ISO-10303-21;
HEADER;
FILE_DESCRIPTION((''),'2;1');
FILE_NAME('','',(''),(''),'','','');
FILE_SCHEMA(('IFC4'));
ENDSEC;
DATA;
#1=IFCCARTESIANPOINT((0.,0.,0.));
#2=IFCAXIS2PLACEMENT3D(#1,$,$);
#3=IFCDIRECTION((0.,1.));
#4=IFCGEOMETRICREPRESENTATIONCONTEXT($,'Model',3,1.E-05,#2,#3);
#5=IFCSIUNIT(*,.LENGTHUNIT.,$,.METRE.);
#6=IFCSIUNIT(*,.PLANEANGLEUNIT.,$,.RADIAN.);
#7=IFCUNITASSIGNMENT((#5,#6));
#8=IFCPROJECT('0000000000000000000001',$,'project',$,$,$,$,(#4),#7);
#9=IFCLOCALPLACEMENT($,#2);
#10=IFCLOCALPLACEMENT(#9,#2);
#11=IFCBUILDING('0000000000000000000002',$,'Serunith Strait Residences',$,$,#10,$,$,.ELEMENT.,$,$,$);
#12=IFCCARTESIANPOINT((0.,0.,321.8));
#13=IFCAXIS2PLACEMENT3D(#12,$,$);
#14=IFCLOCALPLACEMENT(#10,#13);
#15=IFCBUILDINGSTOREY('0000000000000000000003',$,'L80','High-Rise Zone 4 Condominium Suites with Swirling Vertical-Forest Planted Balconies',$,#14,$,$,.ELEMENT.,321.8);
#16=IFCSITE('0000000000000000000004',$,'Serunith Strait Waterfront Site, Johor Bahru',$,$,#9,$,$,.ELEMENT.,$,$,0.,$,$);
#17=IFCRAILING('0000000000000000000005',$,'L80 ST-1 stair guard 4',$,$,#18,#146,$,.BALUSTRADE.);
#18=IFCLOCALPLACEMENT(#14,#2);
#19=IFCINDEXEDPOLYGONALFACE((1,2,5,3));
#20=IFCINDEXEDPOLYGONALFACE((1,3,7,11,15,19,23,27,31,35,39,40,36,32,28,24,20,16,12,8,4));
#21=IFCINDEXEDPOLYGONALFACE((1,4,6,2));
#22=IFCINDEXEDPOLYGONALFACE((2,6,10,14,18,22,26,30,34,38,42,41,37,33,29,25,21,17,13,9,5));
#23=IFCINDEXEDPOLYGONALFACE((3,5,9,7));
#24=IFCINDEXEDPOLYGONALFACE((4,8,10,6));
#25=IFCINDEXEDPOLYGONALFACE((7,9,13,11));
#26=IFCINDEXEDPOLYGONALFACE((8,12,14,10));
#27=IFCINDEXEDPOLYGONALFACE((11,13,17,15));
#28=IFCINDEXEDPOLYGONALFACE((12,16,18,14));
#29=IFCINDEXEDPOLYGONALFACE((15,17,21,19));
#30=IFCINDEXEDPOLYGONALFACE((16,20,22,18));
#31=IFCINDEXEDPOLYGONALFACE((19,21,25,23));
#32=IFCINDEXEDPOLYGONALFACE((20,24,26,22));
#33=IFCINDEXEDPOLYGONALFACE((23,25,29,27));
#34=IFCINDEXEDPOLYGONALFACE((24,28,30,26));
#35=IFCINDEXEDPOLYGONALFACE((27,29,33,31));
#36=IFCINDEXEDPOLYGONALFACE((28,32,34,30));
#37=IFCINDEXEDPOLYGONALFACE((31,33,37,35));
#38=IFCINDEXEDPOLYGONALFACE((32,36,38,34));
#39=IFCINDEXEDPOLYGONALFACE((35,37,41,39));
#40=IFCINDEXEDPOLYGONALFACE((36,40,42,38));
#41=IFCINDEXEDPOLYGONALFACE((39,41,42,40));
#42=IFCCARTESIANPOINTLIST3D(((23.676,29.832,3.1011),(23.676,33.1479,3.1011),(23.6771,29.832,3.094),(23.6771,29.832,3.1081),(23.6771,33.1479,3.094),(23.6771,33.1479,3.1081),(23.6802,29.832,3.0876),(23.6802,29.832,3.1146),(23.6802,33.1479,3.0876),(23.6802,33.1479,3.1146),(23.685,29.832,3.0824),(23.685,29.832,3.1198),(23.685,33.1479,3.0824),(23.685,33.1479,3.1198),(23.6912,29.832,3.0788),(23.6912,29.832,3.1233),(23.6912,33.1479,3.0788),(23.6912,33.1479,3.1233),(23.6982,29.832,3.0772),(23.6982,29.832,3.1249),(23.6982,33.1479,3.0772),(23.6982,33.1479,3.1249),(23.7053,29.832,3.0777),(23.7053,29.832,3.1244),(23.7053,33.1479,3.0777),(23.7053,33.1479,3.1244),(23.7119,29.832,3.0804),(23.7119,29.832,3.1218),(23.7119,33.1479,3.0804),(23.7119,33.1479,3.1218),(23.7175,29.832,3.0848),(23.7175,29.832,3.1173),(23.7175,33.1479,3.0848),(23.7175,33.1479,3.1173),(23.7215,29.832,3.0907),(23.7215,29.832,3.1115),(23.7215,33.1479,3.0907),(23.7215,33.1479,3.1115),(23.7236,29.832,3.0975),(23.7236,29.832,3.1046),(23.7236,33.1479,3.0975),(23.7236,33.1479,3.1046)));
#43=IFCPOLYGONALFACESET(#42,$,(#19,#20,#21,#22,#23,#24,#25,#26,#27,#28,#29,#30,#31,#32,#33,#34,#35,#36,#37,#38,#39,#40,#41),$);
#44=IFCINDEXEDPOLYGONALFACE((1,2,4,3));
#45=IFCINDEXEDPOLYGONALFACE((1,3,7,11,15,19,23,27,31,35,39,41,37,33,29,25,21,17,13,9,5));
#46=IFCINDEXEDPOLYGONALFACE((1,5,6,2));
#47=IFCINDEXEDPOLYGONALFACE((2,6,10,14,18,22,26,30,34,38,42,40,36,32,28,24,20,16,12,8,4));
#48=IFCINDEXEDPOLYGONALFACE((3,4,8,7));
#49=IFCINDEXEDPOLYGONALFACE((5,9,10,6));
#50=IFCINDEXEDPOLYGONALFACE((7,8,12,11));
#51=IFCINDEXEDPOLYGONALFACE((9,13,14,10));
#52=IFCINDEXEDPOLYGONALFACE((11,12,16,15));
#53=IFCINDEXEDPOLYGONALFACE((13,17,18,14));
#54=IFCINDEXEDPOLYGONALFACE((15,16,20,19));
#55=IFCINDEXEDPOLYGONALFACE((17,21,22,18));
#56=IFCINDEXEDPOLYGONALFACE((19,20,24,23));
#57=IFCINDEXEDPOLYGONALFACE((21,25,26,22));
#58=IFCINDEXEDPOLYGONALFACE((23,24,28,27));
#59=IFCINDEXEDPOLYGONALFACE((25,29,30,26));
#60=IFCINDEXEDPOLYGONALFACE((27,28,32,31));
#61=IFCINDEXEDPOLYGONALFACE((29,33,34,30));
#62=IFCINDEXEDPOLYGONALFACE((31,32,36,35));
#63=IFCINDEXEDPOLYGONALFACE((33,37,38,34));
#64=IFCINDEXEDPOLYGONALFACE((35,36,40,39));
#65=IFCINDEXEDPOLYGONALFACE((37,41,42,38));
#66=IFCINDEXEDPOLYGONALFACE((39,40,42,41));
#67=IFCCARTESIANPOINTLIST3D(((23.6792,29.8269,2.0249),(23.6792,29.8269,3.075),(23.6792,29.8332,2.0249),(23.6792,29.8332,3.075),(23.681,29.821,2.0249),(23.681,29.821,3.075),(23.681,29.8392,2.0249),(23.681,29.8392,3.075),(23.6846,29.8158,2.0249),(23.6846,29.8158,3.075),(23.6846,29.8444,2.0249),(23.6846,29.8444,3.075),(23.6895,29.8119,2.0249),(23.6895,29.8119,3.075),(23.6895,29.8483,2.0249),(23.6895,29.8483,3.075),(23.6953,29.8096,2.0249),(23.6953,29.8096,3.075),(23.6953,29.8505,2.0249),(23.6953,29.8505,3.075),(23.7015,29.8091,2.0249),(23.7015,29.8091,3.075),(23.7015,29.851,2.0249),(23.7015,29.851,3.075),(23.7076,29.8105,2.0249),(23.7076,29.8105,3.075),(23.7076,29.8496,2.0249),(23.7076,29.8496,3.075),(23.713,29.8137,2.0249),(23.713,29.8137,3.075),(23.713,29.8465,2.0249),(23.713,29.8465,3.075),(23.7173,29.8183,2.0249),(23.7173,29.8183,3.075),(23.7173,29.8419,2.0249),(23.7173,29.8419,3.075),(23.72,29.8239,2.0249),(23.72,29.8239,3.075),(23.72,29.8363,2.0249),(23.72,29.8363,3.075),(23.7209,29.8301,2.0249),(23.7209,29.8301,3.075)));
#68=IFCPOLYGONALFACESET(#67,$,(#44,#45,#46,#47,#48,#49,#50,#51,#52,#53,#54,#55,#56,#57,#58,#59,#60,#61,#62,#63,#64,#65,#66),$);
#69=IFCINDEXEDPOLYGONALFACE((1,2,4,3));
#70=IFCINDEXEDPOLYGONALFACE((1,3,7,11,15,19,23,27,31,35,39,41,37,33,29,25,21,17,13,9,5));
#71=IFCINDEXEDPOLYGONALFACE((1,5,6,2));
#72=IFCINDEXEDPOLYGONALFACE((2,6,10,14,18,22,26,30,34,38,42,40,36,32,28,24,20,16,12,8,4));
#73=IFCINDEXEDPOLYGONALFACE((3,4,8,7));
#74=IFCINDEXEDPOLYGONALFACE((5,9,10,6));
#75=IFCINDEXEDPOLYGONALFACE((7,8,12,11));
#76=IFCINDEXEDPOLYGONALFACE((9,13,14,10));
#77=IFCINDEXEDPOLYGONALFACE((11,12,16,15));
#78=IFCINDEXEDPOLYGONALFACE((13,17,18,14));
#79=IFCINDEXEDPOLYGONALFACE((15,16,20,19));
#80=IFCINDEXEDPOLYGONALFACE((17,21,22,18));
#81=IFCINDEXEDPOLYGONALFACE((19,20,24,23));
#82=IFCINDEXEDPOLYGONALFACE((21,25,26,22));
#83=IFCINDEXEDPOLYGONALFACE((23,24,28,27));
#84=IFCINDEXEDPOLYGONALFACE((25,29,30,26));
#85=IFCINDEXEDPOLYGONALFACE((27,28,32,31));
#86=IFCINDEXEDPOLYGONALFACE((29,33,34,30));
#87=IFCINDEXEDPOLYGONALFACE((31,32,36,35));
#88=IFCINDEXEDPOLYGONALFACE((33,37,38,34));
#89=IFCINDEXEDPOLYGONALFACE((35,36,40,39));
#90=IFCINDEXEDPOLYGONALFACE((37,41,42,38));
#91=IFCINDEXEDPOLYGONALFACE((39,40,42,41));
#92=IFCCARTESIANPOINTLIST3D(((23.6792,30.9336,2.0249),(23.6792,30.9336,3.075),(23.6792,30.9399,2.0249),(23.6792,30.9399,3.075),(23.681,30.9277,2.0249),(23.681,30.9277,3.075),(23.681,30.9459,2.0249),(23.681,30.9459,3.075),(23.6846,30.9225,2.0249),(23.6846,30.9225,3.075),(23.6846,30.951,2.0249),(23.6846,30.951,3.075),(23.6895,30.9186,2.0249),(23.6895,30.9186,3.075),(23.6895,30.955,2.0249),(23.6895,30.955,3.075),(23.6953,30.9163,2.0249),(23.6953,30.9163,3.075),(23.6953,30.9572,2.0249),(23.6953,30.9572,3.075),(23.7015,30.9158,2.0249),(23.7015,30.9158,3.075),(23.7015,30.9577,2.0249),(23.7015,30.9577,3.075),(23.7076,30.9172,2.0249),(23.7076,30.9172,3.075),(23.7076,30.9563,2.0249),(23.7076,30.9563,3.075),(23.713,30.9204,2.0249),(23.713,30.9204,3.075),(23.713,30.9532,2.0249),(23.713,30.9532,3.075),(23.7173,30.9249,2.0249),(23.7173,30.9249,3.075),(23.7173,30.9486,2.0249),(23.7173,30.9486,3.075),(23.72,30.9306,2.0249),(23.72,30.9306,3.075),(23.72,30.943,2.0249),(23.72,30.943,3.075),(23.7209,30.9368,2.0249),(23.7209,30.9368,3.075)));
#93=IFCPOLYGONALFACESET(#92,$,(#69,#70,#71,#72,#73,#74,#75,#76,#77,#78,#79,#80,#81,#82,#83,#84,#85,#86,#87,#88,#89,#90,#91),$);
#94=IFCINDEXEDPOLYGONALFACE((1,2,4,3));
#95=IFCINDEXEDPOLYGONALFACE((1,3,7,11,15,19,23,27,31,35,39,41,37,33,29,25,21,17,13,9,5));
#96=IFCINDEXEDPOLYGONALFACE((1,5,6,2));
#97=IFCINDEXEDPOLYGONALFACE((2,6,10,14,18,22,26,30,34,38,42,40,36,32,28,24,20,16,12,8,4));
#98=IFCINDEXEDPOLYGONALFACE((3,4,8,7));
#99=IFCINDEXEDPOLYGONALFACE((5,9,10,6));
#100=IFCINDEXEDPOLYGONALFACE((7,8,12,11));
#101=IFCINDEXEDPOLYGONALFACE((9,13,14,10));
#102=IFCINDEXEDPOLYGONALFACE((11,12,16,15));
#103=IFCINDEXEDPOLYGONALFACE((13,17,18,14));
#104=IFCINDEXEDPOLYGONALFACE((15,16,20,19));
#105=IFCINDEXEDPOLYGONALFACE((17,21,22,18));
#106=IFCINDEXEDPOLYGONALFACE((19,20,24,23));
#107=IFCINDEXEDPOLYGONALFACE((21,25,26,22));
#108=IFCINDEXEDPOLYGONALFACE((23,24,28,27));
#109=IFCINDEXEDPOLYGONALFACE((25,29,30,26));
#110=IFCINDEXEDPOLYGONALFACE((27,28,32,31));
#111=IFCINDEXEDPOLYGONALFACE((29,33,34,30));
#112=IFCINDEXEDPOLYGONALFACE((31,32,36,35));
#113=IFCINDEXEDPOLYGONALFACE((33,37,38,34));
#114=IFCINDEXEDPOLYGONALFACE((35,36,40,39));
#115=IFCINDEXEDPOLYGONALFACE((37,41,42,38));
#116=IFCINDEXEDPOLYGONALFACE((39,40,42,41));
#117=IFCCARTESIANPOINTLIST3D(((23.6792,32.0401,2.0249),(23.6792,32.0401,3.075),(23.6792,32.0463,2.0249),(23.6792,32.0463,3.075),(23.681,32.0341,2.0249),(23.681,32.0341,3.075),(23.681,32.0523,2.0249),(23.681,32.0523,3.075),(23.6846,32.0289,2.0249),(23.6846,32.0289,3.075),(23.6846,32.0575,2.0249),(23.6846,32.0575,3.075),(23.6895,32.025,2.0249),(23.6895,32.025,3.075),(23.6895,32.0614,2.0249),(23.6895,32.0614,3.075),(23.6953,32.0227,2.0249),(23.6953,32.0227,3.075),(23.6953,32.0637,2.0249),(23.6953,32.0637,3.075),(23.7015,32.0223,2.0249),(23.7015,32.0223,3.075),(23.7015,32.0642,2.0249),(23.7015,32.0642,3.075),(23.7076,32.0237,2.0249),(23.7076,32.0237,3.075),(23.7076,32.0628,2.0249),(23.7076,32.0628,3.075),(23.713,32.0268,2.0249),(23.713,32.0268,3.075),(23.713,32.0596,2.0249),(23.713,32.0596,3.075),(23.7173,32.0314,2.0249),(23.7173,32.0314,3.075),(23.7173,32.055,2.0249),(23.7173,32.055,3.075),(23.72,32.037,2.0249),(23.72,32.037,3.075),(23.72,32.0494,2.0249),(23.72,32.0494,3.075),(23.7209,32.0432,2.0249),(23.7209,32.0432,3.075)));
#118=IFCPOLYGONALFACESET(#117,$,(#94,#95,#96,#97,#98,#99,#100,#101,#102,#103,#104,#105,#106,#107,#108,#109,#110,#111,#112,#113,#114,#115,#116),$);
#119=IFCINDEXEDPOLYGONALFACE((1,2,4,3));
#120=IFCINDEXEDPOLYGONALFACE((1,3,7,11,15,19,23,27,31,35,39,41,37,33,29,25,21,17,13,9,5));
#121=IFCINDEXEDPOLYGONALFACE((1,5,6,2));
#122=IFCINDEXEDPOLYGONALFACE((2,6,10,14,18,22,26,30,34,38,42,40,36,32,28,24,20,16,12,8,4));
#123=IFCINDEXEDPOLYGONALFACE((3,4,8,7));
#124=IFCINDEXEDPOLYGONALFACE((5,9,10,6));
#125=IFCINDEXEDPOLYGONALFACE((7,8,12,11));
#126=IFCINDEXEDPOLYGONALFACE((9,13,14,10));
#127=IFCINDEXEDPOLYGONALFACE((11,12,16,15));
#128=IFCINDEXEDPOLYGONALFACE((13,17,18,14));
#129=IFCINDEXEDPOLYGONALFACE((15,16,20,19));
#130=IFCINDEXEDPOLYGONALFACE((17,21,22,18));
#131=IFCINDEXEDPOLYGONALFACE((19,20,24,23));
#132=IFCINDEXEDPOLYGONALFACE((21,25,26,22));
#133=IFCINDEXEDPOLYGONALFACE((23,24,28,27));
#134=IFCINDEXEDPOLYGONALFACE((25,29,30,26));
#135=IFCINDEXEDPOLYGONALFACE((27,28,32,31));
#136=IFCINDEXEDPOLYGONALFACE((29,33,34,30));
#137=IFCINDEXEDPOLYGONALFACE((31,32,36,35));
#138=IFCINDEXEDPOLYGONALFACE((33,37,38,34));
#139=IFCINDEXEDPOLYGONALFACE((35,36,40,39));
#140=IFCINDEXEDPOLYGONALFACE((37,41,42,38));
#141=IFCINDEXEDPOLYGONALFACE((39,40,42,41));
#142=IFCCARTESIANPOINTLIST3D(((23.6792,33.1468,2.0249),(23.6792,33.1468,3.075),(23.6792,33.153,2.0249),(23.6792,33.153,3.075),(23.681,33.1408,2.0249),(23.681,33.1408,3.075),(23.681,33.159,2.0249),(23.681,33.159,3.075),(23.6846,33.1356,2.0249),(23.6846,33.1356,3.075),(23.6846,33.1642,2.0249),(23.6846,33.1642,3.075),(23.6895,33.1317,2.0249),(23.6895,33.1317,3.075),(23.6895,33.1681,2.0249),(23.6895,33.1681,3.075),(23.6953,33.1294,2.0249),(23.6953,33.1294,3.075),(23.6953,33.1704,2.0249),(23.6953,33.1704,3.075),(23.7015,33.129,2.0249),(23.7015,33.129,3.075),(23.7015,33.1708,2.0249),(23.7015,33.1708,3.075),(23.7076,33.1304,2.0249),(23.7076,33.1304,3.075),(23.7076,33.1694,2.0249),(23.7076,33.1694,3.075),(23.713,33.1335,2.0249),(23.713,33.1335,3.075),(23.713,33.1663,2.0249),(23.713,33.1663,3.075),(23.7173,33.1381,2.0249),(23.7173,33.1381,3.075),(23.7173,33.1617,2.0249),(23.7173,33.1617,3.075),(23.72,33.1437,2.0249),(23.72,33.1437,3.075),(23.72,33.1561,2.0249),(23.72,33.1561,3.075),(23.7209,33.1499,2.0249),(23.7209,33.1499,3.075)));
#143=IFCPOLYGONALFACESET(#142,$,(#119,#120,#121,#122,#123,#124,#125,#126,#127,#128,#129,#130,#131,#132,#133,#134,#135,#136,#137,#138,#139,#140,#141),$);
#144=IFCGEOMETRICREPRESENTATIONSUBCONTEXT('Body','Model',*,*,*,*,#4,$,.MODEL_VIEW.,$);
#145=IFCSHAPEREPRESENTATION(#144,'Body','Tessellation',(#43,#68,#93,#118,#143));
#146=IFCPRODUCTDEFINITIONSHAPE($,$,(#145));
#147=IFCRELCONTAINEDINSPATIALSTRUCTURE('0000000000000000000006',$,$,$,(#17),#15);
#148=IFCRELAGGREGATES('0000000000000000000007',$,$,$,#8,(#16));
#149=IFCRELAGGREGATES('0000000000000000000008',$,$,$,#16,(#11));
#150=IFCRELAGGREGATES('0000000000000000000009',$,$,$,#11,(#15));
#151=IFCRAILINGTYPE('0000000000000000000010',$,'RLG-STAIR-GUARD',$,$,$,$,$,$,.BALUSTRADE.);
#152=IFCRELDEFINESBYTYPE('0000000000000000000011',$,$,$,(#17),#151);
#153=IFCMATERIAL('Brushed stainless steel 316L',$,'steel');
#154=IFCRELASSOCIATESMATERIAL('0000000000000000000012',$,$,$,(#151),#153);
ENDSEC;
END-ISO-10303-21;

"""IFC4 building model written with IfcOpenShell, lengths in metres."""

from ifc_helpers import new_model, si_unit, direction, frame, origin, origin_2d, place, context, subcontext, project, spatial, circle, extrude, material, type_object, element, save


model = new_model("IFC4")

# Units and contexts
model_context = context("Model", 3, precision=1e-05, world=origin(), true_north=direction((0.0, 1.0)))
body_context = subcontext(model_context, "Body", "Model", "MODEL_VIEW")
ifc_project = project(units=[si_unit("LENGTHUNIT", "METRE"), si_unit("PLANEANGLEUNIT", "RADIAN")], contexts=[model_context])

# Site, building, storey
site_placement = place(None, origin())
site = spatial("IfcSite", under=ifc_project, at=site_placement, Name="Serunith Strait Waterfront Site, Johor Bahru", CompositionType="ELEMENT", RefElevation=0.0)
building_placement = place(site_placement, origin())
building = spatial("IfcBuilding", under=site, at=building_placement, Name="Serunith Strait Residences", CompositionType="ELEMENT")
storey_placement = place(building_placement, frame((0.0, 0.0, 321.8)))
storey = spatial("IfcBuildingStorey", under=building, at=storey_placement, Name="L80", Description="High-Rise Zone 4 Condominium Suites with Swirling Vertical-Forest Planted Balconies", CompositionType="ELEMENT", Elevation=321.8)

# Railing
ifc_material_1 = material(Name="Brushed stainless steel 316L", Category="steel")
railing_type_1 = type_object("IfcRailingType", Name="RLG-STAIR-GUARD", PredefinedType="BALUSTRADE", material=ifc_material_1)
for number, where, name in (
    (1, (23.7, 29.8301, 2.0249), "L80 ST-1 stair guard 4"),
):
    element("IfcRailing", number, at=place(storey_placement, frame(where)), inside=storey, type_object=railing_type_1, Name=name, PredefinedType="BALUSTRADE", context=body_context, shape_type="SweptSolid", body=[
        extrude(circle(Radius=0.0239, at=origin_2d()), frame((0.0, 0.002, 1.0762), z_axis=(0.0, 1.0, 0.0), x_axis=(-1.0, 0.0, 0.0)), (0.0, 0.0, 1.0), 3.3159),
        extrude(circle(Radius=0.021, at=origin_2d()), origin(), (0.0, 0.0, 1.0), 1.05),
        extrude(circle(Radius=0.021, at=origin_2d()), frame((0.0, 1.1067, 0.0)), (0.0, 0.0, 1.0), 1.05),
        extrude(circle(Radius=0.021, at=origin_2d()), frame((0.0, 2.2131, 0.0)), (0.0, 0.0, 1.0), 1.05),
        extrude(circle(Radius=0.021, at=origin_2d()), frame((0.0, 3.3198, 0.0)), (0.0, 0.0, 1.0), 1.05),
    ])

save(model, "model.ifc")
